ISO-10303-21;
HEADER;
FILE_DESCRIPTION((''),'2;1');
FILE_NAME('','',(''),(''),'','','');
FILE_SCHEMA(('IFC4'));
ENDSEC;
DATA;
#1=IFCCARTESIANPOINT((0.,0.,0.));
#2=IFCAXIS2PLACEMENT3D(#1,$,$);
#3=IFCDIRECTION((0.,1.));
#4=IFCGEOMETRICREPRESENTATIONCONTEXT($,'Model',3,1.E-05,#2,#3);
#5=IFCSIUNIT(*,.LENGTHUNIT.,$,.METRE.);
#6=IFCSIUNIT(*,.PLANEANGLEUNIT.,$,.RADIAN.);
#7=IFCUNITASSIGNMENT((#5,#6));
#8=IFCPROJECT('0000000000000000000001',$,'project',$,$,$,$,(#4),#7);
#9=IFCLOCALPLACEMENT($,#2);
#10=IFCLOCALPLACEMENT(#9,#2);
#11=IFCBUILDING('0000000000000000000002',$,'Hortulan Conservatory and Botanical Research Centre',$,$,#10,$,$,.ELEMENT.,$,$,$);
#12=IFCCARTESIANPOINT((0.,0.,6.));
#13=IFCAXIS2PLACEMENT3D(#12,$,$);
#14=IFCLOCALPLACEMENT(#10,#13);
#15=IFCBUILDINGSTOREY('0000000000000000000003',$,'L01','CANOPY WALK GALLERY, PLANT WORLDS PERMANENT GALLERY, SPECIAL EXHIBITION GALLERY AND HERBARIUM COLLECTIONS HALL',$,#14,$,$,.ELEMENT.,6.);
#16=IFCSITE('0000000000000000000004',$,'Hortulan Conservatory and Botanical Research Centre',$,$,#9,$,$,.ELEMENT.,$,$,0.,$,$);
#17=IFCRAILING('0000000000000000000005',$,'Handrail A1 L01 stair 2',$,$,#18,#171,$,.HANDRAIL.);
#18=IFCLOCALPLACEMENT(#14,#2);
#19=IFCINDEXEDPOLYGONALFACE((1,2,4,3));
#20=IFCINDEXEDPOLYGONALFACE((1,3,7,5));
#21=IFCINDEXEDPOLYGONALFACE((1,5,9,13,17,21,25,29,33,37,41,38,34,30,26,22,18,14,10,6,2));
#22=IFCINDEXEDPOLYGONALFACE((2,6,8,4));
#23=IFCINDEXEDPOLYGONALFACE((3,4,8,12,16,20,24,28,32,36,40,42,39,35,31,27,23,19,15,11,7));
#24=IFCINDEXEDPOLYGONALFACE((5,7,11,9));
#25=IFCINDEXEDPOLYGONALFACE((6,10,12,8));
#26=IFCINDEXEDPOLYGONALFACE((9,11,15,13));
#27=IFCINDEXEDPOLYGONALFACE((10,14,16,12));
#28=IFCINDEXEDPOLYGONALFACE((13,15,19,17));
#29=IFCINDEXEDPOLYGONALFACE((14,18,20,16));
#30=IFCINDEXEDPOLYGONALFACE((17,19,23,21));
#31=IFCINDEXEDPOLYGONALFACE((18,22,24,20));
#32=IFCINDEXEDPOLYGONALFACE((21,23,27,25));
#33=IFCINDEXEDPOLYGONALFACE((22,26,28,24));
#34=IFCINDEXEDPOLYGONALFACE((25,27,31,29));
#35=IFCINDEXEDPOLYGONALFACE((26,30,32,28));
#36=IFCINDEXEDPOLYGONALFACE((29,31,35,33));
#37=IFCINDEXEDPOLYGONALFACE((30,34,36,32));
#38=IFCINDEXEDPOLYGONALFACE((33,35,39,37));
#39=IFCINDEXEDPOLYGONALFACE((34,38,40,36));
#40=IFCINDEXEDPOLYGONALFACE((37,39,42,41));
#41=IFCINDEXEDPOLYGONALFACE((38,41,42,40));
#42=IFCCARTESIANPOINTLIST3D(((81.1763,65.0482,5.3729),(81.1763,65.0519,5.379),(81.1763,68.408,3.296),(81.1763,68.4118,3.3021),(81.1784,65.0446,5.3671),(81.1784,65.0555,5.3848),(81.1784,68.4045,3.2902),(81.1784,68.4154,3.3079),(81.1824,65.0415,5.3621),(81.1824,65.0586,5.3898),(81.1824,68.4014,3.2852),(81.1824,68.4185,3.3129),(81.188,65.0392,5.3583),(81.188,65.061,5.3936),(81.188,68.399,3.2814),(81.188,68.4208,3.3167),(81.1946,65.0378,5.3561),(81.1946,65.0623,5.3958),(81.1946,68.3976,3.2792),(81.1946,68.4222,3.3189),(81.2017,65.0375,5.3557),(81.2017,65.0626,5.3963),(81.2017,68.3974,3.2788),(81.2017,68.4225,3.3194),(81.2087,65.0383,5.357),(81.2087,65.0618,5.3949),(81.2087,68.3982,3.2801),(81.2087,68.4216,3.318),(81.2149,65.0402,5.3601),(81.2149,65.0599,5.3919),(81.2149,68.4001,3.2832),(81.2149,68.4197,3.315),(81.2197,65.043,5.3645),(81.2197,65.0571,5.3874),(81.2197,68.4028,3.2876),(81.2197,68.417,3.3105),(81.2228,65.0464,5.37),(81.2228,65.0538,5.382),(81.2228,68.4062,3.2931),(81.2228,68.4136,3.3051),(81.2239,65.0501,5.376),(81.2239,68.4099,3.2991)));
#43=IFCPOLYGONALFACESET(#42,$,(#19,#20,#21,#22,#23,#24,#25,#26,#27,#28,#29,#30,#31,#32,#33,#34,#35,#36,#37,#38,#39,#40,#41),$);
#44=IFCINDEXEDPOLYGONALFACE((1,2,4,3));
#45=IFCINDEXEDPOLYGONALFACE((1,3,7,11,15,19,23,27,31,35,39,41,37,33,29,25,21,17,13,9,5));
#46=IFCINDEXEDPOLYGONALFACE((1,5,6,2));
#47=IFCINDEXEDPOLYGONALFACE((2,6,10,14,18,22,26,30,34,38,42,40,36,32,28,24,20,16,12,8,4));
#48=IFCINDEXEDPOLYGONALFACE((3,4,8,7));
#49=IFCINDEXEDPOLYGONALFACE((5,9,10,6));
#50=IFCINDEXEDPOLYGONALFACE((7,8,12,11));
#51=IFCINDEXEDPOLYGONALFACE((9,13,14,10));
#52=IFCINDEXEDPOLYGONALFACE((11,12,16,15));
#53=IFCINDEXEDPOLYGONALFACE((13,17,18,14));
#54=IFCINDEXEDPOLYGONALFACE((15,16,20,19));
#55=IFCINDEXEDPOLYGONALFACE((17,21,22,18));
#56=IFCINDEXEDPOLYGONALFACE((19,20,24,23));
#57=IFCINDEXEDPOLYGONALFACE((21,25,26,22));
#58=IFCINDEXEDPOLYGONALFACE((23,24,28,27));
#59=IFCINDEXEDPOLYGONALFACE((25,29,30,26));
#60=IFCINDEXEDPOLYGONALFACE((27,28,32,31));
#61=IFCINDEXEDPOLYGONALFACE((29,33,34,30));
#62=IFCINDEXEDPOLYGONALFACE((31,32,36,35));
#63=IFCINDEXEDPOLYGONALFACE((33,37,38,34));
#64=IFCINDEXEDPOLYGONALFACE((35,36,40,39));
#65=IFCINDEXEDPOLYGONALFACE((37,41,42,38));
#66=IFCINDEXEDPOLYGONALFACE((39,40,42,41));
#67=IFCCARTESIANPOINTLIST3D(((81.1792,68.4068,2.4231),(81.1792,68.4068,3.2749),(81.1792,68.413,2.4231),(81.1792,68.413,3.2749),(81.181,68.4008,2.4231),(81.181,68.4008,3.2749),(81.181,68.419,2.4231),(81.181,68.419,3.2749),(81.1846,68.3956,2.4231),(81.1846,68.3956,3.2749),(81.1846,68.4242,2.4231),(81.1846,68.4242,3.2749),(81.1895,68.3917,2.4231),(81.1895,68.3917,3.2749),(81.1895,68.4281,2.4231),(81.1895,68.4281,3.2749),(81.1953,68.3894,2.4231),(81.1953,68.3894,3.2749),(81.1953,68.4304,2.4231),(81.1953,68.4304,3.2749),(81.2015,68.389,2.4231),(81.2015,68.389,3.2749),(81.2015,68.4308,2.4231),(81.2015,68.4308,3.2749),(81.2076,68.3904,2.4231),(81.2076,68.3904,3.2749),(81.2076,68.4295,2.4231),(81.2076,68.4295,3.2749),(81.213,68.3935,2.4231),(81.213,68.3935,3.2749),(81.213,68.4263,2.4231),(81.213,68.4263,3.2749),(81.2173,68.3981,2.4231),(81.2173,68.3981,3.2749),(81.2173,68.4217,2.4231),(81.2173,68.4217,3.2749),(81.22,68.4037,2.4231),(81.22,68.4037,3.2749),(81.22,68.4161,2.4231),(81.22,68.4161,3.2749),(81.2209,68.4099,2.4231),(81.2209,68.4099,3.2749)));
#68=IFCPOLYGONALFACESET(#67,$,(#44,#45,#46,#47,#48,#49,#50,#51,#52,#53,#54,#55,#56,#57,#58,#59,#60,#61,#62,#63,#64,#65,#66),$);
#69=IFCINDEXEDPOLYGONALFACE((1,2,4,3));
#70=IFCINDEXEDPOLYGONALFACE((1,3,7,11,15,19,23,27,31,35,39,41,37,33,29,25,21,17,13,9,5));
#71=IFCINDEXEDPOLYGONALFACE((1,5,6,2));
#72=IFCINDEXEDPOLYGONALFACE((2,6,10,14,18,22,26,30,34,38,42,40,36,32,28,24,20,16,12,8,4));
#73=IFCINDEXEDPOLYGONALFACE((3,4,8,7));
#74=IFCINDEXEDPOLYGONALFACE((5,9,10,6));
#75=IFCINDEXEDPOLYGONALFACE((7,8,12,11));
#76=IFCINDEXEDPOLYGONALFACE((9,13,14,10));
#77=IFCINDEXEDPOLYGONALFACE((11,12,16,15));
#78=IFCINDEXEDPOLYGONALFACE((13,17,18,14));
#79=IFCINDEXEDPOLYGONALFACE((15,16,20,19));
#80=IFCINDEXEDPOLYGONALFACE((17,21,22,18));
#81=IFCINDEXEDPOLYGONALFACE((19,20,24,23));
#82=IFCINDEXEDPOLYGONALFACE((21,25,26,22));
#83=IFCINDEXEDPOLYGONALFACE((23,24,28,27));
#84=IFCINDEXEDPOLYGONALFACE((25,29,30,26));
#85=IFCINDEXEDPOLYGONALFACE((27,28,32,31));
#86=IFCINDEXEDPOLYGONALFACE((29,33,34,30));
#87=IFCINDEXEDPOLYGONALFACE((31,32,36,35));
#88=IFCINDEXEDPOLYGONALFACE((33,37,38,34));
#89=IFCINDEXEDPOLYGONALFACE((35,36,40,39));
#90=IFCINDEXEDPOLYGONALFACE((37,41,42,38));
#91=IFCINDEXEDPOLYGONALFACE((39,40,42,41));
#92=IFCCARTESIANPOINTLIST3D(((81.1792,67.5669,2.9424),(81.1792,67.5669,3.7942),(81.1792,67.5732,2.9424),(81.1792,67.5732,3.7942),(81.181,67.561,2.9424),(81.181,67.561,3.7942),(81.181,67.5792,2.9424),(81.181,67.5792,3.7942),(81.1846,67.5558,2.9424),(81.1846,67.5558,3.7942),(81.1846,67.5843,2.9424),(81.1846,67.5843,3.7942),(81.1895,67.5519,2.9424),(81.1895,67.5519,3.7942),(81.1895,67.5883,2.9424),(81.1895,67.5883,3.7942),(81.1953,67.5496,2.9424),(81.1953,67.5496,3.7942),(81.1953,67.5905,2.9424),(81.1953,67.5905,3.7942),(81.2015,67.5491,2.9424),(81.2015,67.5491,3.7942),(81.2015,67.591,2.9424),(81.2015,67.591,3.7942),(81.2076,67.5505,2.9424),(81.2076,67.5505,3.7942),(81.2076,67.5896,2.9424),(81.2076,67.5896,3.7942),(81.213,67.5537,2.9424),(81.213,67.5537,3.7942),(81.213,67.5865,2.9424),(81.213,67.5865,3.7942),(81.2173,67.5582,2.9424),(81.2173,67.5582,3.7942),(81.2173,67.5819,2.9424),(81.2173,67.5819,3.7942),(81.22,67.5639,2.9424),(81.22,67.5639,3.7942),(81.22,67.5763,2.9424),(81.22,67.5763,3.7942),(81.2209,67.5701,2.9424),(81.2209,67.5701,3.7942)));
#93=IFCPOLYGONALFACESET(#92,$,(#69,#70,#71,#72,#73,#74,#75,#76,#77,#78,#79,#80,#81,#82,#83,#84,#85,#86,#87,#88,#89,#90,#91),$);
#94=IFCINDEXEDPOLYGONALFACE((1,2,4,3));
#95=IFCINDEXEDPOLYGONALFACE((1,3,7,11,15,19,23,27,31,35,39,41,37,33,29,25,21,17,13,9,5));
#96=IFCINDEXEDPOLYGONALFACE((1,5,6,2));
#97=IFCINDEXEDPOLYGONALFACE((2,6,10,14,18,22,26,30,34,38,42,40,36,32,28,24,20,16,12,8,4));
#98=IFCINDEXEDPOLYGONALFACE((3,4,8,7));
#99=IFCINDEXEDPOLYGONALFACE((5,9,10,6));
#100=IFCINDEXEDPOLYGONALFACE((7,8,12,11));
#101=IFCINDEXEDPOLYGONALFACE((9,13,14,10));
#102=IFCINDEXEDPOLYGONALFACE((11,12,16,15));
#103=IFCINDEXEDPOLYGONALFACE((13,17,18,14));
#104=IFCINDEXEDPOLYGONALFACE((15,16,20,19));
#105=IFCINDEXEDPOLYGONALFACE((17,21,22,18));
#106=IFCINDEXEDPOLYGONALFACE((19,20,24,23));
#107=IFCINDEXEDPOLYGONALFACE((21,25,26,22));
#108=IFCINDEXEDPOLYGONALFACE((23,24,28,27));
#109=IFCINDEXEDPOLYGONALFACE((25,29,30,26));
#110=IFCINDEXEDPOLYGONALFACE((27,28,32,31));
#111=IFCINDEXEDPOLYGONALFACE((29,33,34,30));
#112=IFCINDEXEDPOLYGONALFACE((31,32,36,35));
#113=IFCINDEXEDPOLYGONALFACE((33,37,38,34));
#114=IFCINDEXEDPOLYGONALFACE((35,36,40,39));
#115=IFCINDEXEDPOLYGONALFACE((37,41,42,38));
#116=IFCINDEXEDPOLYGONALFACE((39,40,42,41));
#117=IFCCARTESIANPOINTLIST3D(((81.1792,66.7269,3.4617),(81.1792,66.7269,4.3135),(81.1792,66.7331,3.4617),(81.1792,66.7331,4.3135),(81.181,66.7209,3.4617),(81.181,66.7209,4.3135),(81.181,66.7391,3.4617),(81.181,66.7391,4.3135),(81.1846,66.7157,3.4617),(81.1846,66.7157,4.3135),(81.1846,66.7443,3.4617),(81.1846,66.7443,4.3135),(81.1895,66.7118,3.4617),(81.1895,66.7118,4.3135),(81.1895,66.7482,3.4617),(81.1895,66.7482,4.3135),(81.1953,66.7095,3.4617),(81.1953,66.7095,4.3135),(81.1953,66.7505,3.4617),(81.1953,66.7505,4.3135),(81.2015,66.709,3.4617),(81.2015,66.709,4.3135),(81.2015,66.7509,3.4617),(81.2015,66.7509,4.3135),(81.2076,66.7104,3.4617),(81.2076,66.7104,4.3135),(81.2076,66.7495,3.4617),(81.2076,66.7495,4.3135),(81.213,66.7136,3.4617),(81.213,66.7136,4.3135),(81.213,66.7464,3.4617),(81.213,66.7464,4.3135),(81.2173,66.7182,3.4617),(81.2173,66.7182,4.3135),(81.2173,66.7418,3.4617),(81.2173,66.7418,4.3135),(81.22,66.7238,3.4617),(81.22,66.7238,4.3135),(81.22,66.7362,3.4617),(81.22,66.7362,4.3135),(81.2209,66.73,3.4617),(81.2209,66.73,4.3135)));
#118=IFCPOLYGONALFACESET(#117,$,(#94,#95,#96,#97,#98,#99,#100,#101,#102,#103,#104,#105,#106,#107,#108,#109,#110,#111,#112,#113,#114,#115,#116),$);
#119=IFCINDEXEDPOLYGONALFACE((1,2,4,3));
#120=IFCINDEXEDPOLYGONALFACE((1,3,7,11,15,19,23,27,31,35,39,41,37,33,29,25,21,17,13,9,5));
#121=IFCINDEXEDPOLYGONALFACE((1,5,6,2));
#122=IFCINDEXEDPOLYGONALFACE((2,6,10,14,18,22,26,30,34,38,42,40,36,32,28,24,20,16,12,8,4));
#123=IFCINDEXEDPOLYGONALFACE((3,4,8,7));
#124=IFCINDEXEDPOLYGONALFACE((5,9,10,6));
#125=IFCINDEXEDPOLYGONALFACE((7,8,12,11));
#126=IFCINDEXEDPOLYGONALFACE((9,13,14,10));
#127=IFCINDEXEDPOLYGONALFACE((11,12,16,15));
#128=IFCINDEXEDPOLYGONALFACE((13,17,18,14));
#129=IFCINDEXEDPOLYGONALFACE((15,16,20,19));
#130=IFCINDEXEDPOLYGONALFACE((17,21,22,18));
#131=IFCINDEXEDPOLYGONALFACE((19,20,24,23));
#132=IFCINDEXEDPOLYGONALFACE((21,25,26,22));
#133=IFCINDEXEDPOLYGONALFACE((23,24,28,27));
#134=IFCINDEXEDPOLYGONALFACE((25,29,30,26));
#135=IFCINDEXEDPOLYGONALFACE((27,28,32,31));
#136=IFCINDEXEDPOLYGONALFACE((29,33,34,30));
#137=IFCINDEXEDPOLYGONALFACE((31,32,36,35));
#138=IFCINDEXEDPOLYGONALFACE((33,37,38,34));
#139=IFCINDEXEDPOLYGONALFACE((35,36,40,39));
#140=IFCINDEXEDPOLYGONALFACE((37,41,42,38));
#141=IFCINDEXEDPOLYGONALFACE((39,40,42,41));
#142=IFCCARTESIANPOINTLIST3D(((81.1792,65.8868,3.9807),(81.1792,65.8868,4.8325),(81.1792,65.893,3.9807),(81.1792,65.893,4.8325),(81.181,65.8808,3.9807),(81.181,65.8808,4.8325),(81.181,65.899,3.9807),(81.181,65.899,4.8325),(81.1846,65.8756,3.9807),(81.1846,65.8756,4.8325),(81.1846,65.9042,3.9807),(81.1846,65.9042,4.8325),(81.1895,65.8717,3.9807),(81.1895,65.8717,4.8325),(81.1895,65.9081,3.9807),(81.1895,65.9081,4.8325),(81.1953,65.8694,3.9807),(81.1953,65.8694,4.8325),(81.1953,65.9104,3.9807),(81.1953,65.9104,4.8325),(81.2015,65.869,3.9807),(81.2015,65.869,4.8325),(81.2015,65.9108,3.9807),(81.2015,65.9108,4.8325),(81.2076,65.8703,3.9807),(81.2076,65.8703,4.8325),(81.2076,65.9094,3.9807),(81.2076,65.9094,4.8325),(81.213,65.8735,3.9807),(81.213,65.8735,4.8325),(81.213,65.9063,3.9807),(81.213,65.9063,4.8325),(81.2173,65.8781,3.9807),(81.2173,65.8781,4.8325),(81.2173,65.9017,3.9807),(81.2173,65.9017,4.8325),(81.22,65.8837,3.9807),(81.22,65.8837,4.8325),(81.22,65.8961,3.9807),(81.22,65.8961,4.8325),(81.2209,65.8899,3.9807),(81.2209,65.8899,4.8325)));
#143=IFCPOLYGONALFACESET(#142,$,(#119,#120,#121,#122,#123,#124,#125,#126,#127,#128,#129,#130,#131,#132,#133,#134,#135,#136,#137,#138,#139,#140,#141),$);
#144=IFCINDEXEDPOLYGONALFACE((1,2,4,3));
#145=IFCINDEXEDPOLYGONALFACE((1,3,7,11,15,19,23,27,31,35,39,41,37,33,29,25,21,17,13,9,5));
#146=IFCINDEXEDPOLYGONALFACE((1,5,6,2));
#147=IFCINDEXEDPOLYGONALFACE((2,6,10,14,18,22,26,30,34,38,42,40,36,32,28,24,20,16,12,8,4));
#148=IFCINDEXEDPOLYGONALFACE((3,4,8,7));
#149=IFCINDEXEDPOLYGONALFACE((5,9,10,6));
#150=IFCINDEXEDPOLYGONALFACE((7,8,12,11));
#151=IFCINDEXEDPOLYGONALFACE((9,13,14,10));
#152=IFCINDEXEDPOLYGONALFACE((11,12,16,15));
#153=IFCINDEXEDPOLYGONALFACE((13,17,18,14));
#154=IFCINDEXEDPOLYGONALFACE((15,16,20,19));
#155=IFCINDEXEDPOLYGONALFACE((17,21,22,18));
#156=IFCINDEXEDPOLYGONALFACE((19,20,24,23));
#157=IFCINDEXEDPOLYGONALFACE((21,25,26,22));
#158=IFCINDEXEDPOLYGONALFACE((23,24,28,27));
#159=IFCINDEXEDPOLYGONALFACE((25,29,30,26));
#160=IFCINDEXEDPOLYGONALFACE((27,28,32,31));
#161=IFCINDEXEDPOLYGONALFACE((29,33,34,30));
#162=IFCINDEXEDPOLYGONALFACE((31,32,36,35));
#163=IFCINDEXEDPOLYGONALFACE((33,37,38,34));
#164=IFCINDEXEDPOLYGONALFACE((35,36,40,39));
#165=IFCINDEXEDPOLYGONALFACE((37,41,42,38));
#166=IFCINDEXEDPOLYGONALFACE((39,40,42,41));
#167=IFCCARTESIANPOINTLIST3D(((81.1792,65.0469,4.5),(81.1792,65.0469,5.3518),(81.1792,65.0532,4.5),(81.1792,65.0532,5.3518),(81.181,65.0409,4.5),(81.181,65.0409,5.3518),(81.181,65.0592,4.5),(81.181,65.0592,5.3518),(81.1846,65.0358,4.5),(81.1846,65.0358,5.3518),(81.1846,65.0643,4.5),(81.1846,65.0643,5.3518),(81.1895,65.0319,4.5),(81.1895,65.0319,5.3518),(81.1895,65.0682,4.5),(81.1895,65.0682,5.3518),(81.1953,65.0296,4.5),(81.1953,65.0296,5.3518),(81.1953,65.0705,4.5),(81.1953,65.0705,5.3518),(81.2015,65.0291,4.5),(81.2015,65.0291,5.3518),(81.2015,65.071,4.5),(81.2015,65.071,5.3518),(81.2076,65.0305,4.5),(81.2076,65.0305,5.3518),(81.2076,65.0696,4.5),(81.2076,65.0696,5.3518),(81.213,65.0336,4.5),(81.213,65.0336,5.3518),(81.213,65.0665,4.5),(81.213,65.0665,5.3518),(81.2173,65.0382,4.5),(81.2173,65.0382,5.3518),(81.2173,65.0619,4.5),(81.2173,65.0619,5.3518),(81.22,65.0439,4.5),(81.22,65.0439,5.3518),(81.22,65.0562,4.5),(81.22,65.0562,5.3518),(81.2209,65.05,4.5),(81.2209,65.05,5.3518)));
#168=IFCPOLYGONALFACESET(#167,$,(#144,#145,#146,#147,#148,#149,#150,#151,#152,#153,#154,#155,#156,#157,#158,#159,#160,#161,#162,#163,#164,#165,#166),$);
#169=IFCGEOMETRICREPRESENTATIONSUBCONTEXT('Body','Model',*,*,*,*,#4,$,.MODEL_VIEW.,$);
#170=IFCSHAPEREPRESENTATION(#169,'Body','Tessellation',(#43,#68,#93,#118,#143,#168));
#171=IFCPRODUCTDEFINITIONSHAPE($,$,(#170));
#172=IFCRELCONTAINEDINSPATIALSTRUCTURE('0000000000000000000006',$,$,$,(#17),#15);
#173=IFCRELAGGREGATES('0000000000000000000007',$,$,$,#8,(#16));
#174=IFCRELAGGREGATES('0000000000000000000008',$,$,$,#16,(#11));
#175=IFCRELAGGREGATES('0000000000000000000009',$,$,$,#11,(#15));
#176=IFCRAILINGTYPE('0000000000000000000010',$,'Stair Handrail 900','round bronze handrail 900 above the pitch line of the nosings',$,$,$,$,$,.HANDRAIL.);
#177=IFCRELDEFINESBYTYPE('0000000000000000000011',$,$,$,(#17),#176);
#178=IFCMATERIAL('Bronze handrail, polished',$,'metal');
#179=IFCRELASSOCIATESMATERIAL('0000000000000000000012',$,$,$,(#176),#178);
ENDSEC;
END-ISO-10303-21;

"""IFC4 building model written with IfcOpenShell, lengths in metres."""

from ifc_helpers import new_model, si_unit, direction, frame, origin, origin_2d, place, context, subcontext, project, spatial, circle, extrude, material, type_object, element, save


model = new_model("IFC4")

# Units and contexts
model_context = context("Model", 3, precision=1e-05, world=origin(), true_north=direction((0.0, 1.0)))
body_context = subcontext(model_context, "Body", "Model", "MODEL_VIEW")
ifc_project = project(units=[si_unit("LENGTHUNIT", "METRE"), si_unit("PLANEANGLEUNIT", "RADIAN")], contexts=[model_context])

# Site, building, storey
site_placement = place(None, origin())
site = spatial("IfcSite", under=ifc_project, at=site_placement, Name="Hortulan Conservatory and Botanical Research Centre", CompositionType="ELEMENT", RefElevation=0.0)
building_placement = place(site_placement, origin())
building = spatial("IfcBuilding", under=site, at=building_placement, Name="Hortulan Conservatory and Botanical Research Centre", CompositionType="ELEMENT")
storey_placement = place(building_placement, frame((0.0, 0.0, 6.0)))
storey = spatial("IfcBuildingStorey", under=building, at=storey_placement, Name="L01", Description="CANOPY WALK GALLERY, PLANT WORLDS PERMANENT GALLERY, SPECIAL EXHIBITION GALLERY AND HERBARIUM COLLECTIONS HALL", CompositionType="ELEMENT", Elevation=6.0)

# Railing
ifc_material_1 = material(Name="Bronze handrail, polished", Category="metal")
railing_type_1 = type_object("IfcRailingType", Name="Stair Handrail 900", Description="round bronze handrail 900 above the pitch line of the nosings", PredefinedType="HANDRAIL", material=ifc_material_1)
railing_1_placement = place(storey_placement, frame((81.2, 68.4099, 2.4231)))
element("IfcRailing", 1, at=railing_1_placement, inside=storey, type_object=railing_type_1, Name="Handrail A1 L01 stair 2", PredefinedType="HANDRAIL", context=body_context, shape_type="SweptSolid", body=[
    extrude(circle(Radius=0.0239, at=origin_2d()), frame((0.0, 0.0, 0.876), z_axis=(0.0, -0.850606, 0.525803), x_axis=(1.0, 0.0, 0.0)), (0.0, 0.0, 1.0), 3.95),
    extrude(circle(Radius=0.021, at=origin_2d()), origin(), (0.0, 0.0, 1.0), 0.8518),
    extrude(circle(Radius=0.021, at=origin_2d()), frame((0.0, -0.8398, 0.5193)), (0.0, 0.0, 1.0), 0.8518),
    extrude(circle(Radius=0.021, at=origin_2d()), frame((0.0, -1.6799, 1.0386)), (0.0, 0.0, 1.0), 0.8518),
    extrude(circle(Radius=0.021, at=origin_2d()), frame((0.0, -2.52, 1.5576)), (0.0, 0.0, 1.0), 0.8518),
    extrude(circle(Radius=0.021, at=origin_2d()), frame((0.0, -3.3599, 2.0769)), (0.0, 0.0, 1.0), 0.8518),
])

save(model, "model.ifc")
